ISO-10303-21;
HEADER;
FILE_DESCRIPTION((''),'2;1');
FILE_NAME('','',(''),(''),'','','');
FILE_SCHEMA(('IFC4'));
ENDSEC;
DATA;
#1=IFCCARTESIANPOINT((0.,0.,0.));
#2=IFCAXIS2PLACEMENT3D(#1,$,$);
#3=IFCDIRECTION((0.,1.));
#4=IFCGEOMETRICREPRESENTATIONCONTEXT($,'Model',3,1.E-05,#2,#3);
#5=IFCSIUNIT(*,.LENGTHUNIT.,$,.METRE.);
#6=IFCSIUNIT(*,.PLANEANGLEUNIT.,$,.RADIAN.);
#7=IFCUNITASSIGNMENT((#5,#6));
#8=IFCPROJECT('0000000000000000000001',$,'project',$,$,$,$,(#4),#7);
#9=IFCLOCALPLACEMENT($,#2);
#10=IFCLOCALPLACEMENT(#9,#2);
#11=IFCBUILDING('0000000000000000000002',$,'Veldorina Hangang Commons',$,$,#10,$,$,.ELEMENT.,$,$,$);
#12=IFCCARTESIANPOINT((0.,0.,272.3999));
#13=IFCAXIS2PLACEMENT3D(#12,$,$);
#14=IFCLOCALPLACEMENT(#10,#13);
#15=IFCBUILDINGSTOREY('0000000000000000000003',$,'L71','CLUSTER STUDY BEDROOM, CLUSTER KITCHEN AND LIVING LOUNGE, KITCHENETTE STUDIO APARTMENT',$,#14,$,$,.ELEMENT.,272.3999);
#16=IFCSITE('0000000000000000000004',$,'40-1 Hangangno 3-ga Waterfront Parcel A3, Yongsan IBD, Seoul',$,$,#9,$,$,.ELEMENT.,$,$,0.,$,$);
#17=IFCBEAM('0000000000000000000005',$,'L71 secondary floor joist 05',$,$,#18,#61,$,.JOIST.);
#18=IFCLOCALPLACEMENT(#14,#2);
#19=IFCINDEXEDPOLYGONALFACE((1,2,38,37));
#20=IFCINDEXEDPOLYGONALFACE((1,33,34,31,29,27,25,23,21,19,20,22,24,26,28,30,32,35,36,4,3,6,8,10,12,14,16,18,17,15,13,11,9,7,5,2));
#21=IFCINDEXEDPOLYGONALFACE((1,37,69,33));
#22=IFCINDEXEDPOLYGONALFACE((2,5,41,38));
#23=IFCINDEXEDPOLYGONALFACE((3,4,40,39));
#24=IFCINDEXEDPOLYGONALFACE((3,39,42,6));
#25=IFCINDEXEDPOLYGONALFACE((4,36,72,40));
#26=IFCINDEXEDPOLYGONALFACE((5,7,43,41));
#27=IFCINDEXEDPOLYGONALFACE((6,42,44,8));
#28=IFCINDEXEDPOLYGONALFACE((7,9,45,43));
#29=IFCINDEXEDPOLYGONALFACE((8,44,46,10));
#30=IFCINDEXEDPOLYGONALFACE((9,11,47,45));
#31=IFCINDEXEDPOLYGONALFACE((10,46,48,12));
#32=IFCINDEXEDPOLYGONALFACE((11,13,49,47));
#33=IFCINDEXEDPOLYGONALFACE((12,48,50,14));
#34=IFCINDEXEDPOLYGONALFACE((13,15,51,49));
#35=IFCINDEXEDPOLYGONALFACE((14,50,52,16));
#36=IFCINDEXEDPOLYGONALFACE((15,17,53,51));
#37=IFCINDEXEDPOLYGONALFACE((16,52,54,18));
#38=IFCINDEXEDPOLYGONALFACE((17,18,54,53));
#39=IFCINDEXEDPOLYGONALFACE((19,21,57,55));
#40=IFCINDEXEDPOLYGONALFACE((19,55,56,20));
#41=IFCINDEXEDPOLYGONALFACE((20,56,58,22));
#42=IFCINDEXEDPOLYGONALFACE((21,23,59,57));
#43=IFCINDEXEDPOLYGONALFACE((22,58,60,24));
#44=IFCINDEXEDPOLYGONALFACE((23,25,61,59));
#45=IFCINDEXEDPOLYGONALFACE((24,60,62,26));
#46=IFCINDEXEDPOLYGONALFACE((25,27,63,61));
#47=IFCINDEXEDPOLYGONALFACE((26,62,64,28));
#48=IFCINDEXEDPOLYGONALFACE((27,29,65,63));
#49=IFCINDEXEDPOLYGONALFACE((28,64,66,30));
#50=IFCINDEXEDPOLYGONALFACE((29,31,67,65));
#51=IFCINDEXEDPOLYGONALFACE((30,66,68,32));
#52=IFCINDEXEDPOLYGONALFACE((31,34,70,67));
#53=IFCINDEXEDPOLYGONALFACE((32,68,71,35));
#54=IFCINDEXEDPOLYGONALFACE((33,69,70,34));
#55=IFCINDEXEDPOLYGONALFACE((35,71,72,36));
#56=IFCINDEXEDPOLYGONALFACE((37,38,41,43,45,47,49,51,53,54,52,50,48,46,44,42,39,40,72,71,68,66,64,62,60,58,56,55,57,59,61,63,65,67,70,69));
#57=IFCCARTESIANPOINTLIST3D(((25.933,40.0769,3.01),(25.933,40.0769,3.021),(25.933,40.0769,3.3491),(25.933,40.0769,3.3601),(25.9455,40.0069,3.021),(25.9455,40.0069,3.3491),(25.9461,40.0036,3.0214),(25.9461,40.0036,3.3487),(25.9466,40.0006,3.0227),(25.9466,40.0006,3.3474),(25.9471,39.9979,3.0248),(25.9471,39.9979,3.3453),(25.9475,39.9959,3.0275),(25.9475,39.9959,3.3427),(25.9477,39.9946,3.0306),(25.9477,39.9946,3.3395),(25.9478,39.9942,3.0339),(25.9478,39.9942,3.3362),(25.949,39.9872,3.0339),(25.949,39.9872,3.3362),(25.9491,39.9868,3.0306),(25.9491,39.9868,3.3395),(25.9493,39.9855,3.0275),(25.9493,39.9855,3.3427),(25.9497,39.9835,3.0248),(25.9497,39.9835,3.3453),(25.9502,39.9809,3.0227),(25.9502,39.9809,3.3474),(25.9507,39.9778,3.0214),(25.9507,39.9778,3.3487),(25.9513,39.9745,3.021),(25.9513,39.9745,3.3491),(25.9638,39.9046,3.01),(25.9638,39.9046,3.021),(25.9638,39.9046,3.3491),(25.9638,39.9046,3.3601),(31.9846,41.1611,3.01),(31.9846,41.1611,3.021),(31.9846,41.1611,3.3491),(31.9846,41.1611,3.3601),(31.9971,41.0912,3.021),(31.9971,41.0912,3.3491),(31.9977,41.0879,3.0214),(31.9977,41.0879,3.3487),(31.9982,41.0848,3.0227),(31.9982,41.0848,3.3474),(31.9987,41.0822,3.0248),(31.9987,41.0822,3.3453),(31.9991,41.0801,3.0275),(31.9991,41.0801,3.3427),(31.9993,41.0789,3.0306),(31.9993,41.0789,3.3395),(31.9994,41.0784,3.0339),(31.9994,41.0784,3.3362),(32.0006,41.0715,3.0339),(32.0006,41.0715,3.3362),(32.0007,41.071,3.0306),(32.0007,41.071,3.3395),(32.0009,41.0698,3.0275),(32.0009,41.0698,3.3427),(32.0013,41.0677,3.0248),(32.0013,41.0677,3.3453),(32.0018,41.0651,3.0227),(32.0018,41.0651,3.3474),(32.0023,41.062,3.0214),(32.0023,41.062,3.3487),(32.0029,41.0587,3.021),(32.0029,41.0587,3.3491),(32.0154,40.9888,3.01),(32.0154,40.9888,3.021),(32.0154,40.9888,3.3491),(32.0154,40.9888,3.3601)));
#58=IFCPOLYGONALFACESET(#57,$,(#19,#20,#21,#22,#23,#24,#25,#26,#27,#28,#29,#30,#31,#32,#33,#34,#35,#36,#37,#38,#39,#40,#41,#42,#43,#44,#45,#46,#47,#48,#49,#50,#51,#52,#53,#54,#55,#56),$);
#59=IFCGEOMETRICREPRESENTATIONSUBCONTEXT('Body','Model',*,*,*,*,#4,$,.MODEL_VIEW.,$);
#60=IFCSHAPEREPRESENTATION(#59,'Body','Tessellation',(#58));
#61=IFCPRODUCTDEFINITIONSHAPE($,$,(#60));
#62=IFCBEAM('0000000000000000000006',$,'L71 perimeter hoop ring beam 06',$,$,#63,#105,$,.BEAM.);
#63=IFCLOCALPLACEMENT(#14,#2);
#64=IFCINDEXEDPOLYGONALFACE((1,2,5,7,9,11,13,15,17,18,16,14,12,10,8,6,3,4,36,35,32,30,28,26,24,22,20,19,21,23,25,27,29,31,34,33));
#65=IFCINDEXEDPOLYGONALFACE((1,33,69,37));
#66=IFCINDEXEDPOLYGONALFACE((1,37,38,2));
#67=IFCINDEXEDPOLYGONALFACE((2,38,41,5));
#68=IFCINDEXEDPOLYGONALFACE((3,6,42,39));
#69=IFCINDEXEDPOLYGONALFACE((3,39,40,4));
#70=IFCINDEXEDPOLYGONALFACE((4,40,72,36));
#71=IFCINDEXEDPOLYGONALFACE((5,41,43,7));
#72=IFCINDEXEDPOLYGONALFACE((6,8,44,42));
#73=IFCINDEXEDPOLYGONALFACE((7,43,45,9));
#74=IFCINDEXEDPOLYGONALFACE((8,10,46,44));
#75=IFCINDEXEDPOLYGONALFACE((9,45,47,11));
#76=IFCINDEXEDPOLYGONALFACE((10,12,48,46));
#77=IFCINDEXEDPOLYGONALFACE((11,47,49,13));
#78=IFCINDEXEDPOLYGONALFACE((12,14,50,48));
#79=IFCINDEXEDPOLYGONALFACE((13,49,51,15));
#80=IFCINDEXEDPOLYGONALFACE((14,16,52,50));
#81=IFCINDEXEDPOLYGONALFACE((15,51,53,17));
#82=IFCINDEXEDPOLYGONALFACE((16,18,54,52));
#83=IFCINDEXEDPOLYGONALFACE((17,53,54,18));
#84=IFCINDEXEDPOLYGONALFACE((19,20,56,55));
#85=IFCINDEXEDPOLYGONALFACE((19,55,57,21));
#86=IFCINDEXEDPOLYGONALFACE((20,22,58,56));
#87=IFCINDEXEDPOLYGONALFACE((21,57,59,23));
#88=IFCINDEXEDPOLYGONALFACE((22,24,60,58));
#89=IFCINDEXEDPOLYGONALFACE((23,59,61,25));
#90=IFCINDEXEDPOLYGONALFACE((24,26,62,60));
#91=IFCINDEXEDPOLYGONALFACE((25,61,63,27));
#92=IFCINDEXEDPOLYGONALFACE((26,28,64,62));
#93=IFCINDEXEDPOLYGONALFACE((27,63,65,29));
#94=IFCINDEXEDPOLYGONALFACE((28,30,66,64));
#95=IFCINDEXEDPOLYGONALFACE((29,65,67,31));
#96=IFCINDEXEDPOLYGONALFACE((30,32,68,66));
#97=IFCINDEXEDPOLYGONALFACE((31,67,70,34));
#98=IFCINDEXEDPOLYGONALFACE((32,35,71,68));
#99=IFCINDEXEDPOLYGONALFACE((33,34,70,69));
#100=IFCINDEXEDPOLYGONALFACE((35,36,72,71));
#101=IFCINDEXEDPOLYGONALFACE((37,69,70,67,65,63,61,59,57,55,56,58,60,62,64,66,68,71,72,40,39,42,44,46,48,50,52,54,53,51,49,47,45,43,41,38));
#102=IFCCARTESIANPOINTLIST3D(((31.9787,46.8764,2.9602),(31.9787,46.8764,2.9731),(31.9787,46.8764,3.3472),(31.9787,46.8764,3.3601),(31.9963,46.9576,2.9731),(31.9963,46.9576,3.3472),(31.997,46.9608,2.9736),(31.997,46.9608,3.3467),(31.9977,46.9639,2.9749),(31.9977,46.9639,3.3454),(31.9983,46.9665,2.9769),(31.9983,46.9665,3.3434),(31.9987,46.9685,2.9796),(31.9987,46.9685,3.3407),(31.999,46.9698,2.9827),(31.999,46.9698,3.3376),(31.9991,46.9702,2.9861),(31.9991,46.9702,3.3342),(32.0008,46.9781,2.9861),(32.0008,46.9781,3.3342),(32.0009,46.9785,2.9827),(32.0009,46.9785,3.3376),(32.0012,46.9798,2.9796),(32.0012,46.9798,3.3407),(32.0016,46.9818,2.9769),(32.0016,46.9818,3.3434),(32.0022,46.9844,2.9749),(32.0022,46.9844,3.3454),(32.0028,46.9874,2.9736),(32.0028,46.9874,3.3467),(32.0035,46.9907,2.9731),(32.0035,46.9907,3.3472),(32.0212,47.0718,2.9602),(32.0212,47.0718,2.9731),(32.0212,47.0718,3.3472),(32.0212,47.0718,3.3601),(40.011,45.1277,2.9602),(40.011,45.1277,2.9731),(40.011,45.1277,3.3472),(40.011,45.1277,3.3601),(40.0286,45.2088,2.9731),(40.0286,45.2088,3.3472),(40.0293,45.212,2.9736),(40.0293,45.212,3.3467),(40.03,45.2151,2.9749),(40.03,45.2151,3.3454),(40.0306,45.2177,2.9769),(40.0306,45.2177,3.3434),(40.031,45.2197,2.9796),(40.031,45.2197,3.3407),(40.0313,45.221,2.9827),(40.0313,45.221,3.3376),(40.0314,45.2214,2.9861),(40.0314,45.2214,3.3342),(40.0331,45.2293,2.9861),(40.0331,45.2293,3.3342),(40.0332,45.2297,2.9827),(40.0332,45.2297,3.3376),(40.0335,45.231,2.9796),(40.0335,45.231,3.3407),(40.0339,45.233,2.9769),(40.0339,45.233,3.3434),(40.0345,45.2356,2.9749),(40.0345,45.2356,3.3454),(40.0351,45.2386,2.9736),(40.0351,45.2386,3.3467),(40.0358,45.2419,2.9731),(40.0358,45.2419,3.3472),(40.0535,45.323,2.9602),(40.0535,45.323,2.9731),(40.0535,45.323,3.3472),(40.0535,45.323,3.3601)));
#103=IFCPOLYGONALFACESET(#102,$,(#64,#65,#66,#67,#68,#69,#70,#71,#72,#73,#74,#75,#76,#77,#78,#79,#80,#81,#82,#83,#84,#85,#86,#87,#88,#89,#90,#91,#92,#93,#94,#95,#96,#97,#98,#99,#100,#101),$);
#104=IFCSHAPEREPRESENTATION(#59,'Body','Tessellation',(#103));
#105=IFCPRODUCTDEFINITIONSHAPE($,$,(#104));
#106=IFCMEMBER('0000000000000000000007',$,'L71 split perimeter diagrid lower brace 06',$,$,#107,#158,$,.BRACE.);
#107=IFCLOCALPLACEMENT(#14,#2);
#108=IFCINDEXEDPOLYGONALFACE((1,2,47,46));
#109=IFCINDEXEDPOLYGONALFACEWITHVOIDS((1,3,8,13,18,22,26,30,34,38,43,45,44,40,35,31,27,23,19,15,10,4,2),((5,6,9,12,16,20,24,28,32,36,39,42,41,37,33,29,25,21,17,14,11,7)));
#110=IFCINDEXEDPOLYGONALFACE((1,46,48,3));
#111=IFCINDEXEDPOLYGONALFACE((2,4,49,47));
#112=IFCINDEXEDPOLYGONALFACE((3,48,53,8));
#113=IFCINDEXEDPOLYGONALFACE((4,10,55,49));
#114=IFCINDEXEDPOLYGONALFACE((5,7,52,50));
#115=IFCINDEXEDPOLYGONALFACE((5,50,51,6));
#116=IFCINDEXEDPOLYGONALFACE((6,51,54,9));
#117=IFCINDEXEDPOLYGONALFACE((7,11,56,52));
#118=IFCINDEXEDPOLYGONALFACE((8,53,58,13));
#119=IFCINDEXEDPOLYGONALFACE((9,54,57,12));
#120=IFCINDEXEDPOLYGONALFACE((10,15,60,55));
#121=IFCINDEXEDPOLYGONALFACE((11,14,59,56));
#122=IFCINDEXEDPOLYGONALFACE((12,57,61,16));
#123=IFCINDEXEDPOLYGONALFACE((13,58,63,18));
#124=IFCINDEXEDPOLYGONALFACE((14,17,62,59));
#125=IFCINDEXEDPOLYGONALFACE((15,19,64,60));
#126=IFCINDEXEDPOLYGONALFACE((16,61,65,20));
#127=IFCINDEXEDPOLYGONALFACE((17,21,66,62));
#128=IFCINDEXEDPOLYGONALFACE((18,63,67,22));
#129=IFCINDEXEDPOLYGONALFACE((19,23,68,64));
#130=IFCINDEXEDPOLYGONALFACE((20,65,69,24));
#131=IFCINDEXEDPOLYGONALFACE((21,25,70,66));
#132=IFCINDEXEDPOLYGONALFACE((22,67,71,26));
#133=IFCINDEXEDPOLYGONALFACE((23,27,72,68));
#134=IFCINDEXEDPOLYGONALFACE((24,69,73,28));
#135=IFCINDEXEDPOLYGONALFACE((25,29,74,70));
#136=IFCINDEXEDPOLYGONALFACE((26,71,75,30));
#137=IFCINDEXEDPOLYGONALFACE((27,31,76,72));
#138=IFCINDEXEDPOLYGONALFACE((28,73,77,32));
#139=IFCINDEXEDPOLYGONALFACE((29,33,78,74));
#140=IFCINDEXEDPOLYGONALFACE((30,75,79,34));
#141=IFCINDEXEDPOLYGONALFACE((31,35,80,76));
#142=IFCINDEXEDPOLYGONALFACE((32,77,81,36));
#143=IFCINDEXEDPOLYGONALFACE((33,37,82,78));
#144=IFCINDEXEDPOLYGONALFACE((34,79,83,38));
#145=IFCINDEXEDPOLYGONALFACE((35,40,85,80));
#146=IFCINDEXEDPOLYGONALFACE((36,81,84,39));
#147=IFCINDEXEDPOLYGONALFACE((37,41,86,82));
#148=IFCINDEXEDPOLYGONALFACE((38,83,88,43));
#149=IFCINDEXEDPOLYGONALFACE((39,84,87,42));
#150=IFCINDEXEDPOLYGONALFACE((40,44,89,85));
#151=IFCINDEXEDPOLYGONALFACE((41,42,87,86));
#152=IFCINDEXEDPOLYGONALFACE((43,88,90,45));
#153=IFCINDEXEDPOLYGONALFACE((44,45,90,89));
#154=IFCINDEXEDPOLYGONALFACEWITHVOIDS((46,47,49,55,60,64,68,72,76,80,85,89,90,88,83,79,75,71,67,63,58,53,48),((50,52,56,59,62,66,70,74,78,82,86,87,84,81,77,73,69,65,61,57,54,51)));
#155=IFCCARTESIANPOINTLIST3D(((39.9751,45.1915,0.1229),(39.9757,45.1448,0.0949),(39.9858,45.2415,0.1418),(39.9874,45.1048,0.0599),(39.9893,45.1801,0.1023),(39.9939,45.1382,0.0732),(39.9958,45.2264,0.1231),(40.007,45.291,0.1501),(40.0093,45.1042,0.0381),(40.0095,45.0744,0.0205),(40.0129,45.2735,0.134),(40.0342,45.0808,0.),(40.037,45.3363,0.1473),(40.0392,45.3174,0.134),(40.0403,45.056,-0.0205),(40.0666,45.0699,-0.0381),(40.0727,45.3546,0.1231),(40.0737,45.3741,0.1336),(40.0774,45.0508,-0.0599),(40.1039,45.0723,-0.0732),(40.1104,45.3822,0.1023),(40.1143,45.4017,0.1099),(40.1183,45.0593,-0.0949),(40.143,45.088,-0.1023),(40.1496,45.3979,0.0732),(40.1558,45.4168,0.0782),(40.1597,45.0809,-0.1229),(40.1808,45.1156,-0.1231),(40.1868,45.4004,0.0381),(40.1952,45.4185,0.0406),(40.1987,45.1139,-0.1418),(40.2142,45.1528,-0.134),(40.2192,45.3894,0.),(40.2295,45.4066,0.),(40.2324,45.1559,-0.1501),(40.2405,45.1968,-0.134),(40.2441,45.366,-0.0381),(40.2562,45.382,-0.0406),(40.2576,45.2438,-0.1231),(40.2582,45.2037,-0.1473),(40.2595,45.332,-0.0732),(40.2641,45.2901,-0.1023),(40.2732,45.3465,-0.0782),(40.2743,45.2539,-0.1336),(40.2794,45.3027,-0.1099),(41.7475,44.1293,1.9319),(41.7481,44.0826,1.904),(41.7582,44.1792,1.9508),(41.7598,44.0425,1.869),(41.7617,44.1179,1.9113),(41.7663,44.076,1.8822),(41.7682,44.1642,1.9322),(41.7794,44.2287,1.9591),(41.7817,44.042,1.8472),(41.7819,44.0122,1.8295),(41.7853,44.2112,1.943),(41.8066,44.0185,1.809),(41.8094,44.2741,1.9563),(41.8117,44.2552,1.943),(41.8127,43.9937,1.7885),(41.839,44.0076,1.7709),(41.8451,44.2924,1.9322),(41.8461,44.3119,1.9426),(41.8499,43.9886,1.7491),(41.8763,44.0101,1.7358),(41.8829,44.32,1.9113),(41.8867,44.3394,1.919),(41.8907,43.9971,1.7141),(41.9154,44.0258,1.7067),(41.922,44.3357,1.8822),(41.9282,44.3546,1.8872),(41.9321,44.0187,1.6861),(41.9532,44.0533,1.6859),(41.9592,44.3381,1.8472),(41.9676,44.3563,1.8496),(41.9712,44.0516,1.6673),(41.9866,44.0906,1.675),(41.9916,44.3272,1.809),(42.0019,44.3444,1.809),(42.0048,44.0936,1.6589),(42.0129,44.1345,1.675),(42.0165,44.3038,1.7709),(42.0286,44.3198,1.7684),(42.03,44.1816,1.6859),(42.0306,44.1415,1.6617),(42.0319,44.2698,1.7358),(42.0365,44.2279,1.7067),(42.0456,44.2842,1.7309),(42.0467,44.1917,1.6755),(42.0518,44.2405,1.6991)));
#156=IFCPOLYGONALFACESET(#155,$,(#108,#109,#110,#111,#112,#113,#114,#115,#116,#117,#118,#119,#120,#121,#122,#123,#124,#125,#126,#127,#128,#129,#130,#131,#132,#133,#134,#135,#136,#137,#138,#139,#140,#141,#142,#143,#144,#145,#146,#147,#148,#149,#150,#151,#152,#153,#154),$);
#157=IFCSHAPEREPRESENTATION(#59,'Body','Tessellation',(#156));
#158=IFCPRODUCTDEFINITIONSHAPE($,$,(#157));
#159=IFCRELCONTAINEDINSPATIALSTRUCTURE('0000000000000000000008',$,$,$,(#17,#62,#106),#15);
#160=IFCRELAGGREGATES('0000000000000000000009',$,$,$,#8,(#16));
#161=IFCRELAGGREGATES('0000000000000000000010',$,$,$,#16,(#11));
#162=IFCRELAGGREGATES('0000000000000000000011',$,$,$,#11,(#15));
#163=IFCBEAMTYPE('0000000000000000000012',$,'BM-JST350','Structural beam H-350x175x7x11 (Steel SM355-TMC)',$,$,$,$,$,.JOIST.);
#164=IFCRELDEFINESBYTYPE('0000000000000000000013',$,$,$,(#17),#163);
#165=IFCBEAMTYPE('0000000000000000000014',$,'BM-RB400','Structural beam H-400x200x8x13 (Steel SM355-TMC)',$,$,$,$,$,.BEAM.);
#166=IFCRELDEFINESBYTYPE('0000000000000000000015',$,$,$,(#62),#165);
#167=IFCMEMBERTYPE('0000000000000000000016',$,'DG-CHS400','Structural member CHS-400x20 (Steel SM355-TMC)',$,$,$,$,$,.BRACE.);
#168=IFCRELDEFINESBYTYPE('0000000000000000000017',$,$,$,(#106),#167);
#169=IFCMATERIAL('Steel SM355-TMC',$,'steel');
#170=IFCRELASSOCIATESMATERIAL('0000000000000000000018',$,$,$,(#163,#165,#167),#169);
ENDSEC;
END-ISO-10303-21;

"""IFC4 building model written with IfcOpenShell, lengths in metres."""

from ifc_helpers import new_model, si_unit, direction, frame, origin, origin_2d, place, context, subcontext, project, spatial, hollow_circle, i_section, extrude, material, material_profile, profile_set, type_object, element, save


model = new_model("IFC4")

# Units and contexts
model_context = context("Model", 3, precision=1e-05, world=origin(), true_north=direction((0.0, 1.0)))
body_context = subcontext(model_context, "Body", "Model", "MODEL_VIEW")
ifc_project = project(units=[si_unit("LENGTHUNIT", "METRE"), si_unit("PLANEANGLEUNIT", "RADIAN")], contexts=[model_context])

# Site, building, storey
site_placement = place(None, origin())
site = spatial("IfcSite", under=ifc_project, at=site_placement, Name="40-1 Hangangno 3-ga Waterfront Parcel A3, Yongsan IBD, Seoul", CompositionType="ELEMENT", RefElevation=0.0)
building_placement = place(site_placement, origin())
building = spatial("IfcBuilding", under=site, at=building_placement, Name="Veldorina Hangang Commons", CompositionType="ELEMENT")
storey_placement = place(building_placement, frame((0.0, 0.0, 272.3999)))
storey = spatial("IfcBuildingStorey", under=building, at=storey_placement, Name="L71", Description="CLUSTER STUDY BEDROOM, CLUSTER KITCHEN AND LIVING LOUNGE, KITCHENETTE STUDIO APARTMENT", CompositionType="ELEMENT", Elevation=272.3999)

# Beams
ifc_material_1 = material(Name="Steel SM355-TMC", Category="steel")
ifc_material_profile_1 = material_profile(ifc_material_1, i_section(OverallWidth=0.175, OverallDepth=0.3501, WebThickness=0.0071, FlangeThickness=0.011, FilletRadius=0.0129, at=origin_2d()), Name="H-350x175x7x11")
ifc_profile_set_1 = profile_set([ifc_material_profile_1], Name="Steel SM355-TMC")
beam_type_1 = type_object("IfcBeamType", Name="BM-JST350", Description="Structural beam H-350x175x7x11 (Steel SM355-TMC)", PredefinedType="JOIST", material=ifc_profile_set_1)
beam_1_placement = place(storey_placement, frame((32.0, 41.075, 3.1851), z_axis=(-0.984326, -0.176358, 0.0), x_axis=(0.176358, -0.984326, 0.0)))
element("IfcBeam", 1, at=beam_1_placement, inside=storey, type_object=beam_type_1, Name="L71 secondary floor joist 05", PredefinedType="JOIST", context=body_context, shape_type="SweptSolid", body=[
    extrude(i_section(OverallWidth=0.175, OverallDepth=0.3501, WebThickness=0.0071, FlangeThickness=0.011, FilletRadius=0.0129, at=origin_2d()), origin(), (0.0, 0.0, 1.0), 6.1479),
])
ifc_material_profile_2 = material_profile(ifc_material_1, i_section(OverallWidth=0.2, OverallDepth=0.3999, WebThickness=0.0081, FlangeThickness=0.0129, FilletRadius=0.0129, at=origin_2d()), Name="H-400x200x8x13")
ifc_profile_set_2 = profile_set([ifc_material_profile_2], Name="Steel SM355-TMC")
beam_type_2 = type_object("IfcBeamType", Name="BM-RB400", Description="Structural beam H-400x200x8x13 (Steel SM355-TMC)", PredefinedType="BEAM", material=ifc_profile_set_2)
beam_2_placement = place(storey_placement, frame((40.0322, 45.2253, 3.1602), z_axis=(-0.97711, 0.212737, 0.0), x_axis=(-0.212737, -0.97711, 0.0)))
element("IfcBeam", 2, at=beam_2_placement, inside=storey, type_object=beam_type_2, Name="L71 perimeter hoop ring beam 06", PredefinedType="BEAM", context=body_context, shape_type="SweptSolid", body=[
    extrude(i_section(OverallWidth=0.2, OverallDepth=0.3999, WebThickness=0.0081, FlangeThickness=0.0129, FilletRadius=0.0129, at=origin_2d()), origin(), (0.0, 0.0, 1.0), 8.2205),
])

# Member
ifc_material_profile_3 = material_profile(ifc_material_1, hollow_circle(Radius=0.2, WallThickness=0.02, at=origin_2d()), Name="CHS-400x20")
ifc_profile_set_3 = profile_set([ifc_material_profile_3], Name="Steel SM355-TMC")
member_type_1 = type_object("IfcMemberType", Name="DG-CHS400", Description="Structural member CHS-400x20 (Steel SM355-TMC)", PredefinedType="BRACE", material=ifc_profile_set_3)
member_1_placement = place(storey_placement, frame((40.1267, 45.2351, 0.0), z_axis=(0.645373, -0.386779, 0.658707), x_axis=(0.514061, 0.857753, 0.0)))
element("IfcMember", 3, at=member_1_placement, inside=storey, type_object=member_type_1, Name="L71 split perimeter diagrid lower brace 06", PredefinedType="BRACE", context=body_context, shape_type="SweptSolid", body=[
    extrude(hollow_circle(Radius=0.2, WallThickness=0.02, at=origin_2d()), origin(), (0.0, 0.0, 1.0), 2.7463),
])

save(model, "model.ifc")
